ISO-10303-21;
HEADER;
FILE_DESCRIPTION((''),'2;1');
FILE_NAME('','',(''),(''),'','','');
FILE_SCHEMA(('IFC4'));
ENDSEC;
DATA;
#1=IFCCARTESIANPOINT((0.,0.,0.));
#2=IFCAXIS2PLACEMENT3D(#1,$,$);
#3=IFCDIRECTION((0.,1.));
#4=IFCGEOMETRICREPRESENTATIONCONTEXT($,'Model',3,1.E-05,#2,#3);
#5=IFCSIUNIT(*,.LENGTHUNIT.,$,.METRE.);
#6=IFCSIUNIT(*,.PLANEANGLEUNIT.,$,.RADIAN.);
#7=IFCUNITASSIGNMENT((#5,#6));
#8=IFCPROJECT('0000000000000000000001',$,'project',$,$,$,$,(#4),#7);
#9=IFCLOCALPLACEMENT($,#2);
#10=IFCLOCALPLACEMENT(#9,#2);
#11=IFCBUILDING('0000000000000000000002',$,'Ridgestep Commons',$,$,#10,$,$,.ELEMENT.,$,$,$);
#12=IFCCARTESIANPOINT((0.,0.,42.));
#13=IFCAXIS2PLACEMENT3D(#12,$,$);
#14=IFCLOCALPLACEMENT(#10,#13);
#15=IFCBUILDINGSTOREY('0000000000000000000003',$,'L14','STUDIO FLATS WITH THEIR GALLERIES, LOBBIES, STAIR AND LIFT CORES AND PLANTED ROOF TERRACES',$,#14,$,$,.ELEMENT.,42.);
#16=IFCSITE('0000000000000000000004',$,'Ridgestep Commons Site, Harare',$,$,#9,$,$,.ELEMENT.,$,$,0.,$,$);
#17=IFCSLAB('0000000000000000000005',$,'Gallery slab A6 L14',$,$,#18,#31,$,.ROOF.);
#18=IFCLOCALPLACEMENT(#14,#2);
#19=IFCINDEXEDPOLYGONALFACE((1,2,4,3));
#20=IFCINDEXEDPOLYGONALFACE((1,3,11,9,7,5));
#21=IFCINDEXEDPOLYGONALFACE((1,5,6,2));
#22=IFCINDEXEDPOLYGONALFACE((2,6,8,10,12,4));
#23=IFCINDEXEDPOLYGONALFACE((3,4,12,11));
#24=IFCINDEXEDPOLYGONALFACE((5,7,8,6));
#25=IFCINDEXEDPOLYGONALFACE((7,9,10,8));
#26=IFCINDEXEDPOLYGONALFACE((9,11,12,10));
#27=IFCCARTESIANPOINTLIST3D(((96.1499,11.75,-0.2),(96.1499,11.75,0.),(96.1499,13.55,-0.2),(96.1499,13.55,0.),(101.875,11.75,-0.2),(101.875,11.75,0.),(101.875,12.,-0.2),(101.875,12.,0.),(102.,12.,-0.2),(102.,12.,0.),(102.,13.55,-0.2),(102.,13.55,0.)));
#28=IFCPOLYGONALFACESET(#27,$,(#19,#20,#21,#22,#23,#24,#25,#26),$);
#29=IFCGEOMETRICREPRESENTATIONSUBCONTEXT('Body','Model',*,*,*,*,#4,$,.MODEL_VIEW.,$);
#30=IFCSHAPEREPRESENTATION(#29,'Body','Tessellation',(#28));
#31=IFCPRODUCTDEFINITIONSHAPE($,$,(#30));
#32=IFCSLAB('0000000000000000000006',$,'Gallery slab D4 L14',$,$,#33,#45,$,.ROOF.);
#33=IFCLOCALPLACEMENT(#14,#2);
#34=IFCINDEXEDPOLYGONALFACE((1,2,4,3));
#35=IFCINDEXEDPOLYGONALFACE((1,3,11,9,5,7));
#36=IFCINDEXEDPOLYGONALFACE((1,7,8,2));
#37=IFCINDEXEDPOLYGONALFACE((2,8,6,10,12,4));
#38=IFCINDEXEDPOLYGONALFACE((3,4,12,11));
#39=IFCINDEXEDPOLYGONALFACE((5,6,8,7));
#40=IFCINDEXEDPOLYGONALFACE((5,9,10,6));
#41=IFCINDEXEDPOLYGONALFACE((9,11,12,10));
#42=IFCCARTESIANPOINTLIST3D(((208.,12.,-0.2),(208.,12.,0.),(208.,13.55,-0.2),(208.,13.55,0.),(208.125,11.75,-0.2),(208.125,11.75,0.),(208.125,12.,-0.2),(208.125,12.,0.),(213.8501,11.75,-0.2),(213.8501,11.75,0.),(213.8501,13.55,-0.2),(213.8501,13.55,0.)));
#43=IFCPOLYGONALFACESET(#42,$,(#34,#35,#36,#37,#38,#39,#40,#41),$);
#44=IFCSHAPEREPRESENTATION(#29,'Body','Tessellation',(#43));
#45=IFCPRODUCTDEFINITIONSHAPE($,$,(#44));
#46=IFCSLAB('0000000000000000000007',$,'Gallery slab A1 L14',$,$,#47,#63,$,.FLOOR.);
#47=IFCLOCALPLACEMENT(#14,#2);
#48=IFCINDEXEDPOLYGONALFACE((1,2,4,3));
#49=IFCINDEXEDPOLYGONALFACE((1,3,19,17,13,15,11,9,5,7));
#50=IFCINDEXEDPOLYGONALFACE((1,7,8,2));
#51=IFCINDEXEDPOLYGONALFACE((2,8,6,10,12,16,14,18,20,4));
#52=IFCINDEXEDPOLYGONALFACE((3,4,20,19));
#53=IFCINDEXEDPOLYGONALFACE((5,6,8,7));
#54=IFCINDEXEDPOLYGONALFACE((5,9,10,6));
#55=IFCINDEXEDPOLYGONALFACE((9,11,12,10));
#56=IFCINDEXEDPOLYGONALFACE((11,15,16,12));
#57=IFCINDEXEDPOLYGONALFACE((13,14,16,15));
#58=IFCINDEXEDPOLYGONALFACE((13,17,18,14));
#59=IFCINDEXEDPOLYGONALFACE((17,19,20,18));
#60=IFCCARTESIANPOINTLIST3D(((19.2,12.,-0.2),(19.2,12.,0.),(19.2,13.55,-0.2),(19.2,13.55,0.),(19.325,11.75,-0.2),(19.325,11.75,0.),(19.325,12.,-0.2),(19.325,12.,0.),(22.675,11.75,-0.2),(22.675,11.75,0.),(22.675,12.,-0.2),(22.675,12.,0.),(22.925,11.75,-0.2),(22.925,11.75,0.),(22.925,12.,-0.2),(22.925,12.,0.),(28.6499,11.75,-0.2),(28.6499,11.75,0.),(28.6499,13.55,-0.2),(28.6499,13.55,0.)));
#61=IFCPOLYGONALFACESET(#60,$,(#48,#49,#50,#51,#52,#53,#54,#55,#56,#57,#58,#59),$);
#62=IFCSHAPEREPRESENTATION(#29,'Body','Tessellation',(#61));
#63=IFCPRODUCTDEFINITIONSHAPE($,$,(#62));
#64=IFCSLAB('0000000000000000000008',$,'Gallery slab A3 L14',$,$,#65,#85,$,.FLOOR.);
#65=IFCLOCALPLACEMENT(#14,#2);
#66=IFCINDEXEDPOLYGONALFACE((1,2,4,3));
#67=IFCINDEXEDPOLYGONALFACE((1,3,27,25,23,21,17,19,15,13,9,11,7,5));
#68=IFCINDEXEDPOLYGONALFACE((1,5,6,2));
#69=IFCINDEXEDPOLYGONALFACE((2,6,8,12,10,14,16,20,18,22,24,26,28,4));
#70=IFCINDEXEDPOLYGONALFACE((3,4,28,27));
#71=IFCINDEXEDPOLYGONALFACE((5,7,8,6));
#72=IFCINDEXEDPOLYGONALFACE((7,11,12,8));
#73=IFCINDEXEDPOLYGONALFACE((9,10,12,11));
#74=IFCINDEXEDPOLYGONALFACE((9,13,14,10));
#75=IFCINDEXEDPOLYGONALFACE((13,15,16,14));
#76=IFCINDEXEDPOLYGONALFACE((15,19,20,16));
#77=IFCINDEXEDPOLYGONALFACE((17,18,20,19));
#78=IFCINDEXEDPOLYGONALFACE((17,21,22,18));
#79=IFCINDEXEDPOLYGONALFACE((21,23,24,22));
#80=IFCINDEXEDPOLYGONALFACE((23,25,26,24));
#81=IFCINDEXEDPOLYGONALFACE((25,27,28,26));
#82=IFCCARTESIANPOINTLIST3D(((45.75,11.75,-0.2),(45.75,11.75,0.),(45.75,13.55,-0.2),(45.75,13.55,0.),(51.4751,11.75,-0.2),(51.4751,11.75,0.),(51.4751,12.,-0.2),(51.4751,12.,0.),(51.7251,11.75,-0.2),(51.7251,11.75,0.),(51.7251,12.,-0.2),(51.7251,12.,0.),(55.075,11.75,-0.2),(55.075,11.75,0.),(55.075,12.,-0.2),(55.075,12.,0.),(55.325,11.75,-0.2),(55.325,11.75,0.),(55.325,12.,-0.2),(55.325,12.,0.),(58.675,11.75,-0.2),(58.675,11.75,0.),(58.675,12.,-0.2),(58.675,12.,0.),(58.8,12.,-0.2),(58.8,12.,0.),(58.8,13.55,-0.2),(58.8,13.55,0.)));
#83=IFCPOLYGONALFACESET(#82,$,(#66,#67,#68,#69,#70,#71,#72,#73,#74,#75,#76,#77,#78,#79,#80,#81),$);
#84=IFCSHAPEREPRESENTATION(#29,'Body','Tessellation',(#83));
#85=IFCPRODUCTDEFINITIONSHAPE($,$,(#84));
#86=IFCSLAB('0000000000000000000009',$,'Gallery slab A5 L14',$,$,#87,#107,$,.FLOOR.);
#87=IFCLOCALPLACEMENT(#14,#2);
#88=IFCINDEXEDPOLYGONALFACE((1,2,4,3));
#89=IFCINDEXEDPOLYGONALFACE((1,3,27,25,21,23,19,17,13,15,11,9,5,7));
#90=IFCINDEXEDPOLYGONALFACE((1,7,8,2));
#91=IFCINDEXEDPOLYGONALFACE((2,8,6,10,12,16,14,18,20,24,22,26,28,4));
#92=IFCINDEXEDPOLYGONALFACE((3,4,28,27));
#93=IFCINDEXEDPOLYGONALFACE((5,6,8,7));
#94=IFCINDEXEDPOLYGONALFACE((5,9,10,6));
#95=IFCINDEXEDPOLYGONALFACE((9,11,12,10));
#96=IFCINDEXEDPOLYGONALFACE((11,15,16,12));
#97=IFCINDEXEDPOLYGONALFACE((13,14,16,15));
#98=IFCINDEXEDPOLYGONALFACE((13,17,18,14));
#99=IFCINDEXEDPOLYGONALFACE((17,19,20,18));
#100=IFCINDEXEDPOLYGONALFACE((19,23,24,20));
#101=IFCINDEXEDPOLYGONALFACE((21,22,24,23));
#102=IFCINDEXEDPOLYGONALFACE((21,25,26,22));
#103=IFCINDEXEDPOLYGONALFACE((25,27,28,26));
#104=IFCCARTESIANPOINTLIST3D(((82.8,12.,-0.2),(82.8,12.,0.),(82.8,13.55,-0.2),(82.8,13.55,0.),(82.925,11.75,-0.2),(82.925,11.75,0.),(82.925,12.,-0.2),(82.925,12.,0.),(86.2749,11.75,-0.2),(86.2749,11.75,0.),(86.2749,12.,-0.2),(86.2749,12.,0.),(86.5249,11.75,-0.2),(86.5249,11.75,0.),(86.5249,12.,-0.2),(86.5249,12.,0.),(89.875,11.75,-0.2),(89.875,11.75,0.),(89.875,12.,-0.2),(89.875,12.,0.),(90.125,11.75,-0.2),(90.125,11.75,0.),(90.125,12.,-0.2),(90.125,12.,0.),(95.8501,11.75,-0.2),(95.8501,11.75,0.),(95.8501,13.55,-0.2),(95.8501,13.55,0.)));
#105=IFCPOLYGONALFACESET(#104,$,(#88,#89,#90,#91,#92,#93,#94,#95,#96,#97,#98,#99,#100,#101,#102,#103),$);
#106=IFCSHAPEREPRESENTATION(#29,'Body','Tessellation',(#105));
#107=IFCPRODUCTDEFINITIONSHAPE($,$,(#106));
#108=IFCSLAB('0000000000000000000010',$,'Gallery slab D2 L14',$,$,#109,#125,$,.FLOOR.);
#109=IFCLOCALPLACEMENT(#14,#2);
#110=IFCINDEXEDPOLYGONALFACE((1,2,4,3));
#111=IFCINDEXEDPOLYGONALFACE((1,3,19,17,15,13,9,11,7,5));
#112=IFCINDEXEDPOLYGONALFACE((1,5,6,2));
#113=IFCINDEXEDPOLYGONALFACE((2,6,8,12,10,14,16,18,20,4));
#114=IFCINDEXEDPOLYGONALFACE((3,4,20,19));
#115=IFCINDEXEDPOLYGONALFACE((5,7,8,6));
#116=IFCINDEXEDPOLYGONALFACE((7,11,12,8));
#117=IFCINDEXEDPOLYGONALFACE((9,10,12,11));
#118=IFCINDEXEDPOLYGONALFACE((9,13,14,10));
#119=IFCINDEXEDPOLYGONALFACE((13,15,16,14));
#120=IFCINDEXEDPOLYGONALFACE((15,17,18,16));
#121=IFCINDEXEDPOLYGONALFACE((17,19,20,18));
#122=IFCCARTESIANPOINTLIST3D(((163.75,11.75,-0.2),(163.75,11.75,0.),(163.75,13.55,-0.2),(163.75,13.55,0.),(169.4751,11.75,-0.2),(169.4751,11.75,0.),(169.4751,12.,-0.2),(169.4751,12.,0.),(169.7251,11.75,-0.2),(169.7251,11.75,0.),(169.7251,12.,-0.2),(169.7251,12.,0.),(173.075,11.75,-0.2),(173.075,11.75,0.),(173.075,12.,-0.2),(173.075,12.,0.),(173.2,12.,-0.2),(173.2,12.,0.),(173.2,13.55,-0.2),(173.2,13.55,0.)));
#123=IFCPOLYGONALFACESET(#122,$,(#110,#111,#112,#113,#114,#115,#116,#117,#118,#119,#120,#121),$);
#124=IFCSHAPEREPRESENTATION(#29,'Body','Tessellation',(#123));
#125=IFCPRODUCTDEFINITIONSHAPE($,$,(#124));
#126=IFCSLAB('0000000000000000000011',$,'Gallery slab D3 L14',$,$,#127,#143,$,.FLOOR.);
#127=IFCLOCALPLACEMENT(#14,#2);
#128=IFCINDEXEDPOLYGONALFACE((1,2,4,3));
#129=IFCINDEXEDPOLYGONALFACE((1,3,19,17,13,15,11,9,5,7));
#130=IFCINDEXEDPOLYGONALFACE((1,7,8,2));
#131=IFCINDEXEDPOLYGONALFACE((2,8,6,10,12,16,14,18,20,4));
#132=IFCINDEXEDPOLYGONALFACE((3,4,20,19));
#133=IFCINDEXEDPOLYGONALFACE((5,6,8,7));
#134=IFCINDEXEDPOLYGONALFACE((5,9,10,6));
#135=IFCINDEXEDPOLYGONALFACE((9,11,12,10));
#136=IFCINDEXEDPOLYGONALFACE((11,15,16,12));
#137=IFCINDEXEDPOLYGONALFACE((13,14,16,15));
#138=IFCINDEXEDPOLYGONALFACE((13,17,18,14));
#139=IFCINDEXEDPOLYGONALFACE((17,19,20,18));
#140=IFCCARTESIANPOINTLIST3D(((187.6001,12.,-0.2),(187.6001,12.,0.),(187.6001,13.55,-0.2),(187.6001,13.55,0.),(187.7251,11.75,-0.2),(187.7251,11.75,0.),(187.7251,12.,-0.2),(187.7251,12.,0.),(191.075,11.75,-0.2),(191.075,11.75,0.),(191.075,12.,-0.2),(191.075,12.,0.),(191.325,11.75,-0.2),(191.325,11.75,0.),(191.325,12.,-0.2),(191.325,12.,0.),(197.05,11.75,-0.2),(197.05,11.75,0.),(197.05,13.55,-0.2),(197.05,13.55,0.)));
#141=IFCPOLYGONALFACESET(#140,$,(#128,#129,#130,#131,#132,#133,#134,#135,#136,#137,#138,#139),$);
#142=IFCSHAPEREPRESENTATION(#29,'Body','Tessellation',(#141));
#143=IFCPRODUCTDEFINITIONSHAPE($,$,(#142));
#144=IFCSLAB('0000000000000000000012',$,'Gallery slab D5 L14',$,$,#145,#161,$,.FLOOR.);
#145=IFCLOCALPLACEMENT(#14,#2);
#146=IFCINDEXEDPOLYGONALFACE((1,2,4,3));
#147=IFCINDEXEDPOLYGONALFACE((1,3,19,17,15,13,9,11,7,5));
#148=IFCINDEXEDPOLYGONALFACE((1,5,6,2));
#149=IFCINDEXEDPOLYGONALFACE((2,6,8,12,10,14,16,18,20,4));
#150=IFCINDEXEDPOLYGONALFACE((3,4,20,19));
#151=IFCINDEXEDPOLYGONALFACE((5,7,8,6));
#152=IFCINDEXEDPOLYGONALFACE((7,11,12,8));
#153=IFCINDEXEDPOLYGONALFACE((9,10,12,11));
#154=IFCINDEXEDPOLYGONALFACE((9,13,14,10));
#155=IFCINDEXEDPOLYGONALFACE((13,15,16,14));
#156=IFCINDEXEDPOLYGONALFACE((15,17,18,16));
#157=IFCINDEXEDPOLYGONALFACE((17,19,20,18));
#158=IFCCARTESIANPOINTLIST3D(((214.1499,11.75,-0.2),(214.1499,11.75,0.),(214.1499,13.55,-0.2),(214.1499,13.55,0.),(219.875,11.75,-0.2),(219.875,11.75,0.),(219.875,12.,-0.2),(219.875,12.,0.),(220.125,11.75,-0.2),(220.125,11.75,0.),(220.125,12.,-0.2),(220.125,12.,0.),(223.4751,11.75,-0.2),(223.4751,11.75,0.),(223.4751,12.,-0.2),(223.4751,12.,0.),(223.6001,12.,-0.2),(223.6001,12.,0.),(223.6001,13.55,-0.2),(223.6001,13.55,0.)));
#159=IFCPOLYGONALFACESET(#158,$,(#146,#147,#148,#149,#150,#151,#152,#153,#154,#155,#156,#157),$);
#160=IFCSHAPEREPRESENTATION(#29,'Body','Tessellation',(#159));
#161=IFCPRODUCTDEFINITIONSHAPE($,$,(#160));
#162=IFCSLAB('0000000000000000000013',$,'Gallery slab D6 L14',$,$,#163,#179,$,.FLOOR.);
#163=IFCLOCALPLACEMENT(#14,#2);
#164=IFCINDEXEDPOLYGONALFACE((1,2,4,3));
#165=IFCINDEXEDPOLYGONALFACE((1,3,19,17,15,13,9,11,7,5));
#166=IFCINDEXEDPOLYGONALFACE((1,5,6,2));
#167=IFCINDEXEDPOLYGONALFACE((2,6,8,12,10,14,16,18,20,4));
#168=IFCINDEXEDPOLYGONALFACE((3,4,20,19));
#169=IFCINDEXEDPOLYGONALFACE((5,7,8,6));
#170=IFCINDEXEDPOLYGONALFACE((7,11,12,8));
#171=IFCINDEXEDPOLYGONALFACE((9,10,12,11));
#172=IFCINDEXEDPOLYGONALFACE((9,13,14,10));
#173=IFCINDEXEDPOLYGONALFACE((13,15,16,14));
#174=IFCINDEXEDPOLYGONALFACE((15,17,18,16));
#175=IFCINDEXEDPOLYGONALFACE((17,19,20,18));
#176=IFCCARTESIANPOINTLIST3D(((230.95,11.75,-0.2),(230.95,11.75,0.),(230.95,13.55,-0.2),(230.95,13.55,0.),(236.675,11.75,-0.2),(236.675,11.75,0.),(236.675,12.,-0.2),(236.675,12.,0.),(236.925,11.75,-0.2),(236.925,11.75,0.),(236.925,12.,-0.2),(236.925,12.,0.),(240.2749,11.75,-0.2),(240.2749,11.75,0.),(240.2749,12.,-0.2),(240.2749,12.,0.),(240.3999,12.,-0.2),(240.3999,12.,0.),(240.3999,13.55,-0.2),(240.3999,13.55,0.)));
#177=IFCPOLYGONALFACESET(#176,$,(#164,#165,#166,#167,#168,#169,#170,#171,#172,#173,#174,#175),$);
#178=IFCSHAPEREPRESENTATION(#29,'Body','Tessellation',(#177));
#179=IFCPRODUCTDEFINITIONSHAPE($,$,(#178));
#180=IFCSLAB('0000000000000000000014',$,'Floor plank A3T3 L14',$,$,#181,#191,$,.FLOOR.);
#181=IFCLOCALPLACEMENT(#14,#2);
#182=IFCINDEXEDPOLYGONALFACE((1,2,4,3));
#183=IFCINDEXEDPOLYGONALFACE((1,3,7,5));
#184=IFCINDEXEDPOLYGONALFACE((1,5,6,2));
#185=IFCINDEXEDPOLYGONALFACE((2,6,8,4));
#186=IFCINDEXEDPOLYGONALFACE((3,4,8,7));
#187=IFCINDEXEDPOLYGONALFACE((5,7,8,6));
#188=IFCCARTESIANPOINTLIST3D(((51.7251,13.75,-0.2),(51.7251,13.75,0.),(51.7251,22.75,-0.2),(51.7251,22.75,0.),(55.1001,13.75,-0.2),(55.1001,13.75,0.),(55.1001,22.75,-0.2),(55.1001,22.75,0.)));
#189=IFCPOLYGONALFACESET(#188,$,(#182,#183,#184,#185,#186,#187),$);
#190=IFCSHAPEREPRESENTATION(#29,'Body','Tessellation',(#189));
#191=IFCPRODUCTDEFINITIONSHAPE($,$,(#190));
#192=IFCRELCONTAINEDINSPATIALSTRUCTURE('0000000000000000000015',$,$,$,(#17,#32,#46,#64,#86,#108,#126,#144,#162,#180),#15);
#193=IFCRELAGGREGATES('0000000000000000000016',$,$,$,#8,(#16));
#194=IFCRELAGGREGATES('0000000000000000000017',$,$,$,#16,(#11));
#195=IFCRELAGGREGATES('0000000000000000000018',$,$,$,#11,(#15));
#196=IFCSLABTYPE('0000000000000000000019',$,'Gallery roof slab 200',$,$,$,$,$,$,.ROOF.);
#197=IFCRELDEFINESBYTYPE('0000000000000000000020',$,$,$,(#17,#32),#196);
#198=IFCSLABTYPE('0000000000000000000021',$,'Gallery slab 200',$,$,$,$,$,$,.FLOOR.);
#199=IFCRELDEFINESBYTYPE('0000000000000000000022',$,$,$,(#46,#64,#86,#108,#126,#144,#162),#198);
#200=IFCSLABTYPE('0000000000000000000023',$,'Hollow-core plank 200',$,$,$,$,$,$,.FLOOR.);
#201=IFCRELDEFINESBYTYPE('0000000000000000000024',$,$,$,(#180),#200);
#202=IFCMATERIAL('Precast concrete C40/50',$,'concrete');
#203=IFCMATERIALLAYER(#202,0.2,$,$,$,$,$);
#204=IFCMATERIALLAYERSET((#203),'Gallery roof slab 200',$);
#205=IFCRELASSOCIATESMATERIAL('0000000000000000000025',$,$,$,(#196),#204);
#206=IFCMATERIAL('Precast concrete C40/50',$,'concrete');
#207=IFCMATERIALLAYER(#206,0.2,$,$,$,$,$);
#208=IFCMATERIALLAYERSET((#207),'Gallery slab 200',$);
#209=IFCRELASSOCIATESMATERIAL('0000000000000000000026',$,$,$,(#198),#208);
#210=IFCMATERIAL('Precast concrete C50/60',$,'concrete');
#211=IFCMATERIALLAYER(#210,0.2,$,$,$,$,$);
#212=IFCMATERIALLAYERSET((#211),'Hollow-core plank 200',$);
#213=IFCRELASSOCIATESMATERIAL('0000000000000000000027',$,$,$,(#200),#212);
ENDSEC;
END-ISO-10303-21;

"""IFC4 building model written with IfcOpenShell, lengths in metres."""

from ifc_helpers import new_model, si_unit, direction, frame, origin, place, context, subcontext, project, spatial, polyline, outline, extrude, material, layer, layer_set, type_object, element, save


model = new_model("IFC4")

# Units and contexts
model_context = context("Model", 3, precision=1e-05, world=origin(), true_north=direction((0.0, 1.0)))
body_context = subcontext(model_context, "Body", "Model", "MODEL_VIEW")
ifc_project = project(units=[si_unit("LENGTHUNIT", "METRE"), si_unit("PLANEANGLEUNIT", "RADIAN")], contexts=[model_context])

# Site, building, storey
site_placement = place(None, origin())
site = spatial("IfcSite", under=ifc_project, at=site_placement, Name="Ridgestep Commons Site, Harare", CompositionType="ELEMENT", RefElevation=0.0)
building_placement = place(site_placement, origin())
building = spatial("IfcBuilding", under=site, at=building_placement, Name="Ridgestep Commons", CompositionType="ELEMENT")
storey_placement = place(building_placement, frame((0.0, 0.0, 42.0)))
storey = spatial("IfcBuildingStorey", under=building, at=storey_placement, Name="L14", Description="STUDIO FLATS WITH THEIR GALLERIES, LOBBIES, STAIR AND LIFT CORES AND PLANTED ROOF TERRACES", CompositionType="ELEMENT", Elevation=42.0)

# Slabs
ifc_material_1 = material(Name="Precast concrete C40/50", Category="concrete")
ifc_layer_1 = layer(ifc_material_1, 0.2)
ifc_layer_set_1 = layer_set([ifc_layer_1], Name="Gallery roof slab 200")
slab_type_1 = type_object("IfcSlabType", Name="Gallery roof slab 200", PredefinedType="ROOF", material=ifc_layer_set_1)
slab_1_placement = place(storey_placement, frame((0.0, 0.0, -0.2)))
element("IfcSlab", 1, at=slab_1_placement, inside=storey, type_object=slab_type_1, Name="Gallery slab A6 L14", PredefinedType="ROOF", context=body_context, shape_type="SweptSolid", body=[
    extrude(outline(polyline([(96.1499, 11.75), (101.875, 11.75), (101.875, 12.0), (102.0, 12.0), (102.0, 13.55), (96.1499, 13.55), (96.1499, 11.75)])), origin(), (0.0, 0.0, 1.0), 0.2),
])
slab_2_placement = place(storey_placement, frame((0.0, 0.0, -0.2)))
element("IfcSlab", 2, at=slab_2_placement, inside=storey, type_object=slab_type_1, Name="Gallery slab D4 L14", PredefinedType="ROOF", context=body_context, shape_type="SweptSolid", body=[
    extrude(outline(polyline([(208.0, 13.55), (208.0, 12.0), (208.125, 12.0), (208.125, 11.75), (213.8501, 11.75), (213.8501, 13.55), (208.0, 13.55)])), origin(), (0.0, 0.0, 1.0), 0.2),
])
ifc_material_2 = material(Name="Precast concrete C40/50", Category="concrete")
ifc_layer_2 = layer(ifc_material_2, 0.2)
ifc_layer_set_2 = layer_set([ifc_layer_2], Name="Gallery slab 200")
slab_type_2 = type_object("IfcSlabType", Name="Gallery slab 200", PredefinedType="FLOOR", material=ifc_layer_set_2)
slab_3_placement = place(storey_placement, frame((0.0, 0.0, -0.2)))
element("IfcSlab", 3, at=slab_3_placement, inside=storey, type_object=slab_type_2, Name="Gallery slab A1 L14", PredefinedType="FLOOR", context=body_context, shape_type="SweptSolid", body=[
    extrude(outline(polyline([(28.6499, 13.55), (19.2, 13.55), (19.2, 12.0), (19.325, 12.0), (19.325, 11.75), (22.675, 11.75), (22.675, 12.0), (22.925, 12.0), (22.925, 11.75), (28.6499, 11.75), (28.6499, 13.55)])), origin(), (0.0, 0.0, 1.0), 0.2),
])
slab_4_placement = place(storey_placement, frame((0.0, 0.0, -0.2)))
element("IfcSlab", 4, at=slab_4_placement, inside=storey, type_object=slab_type_2, Name="Gallery slab A3 L14", PredefinedType="FLOOR", context=body_context, shape_type="SweptSolid", body=[
    extrude(outline(polyline([(58.8, 13.55), (45.75, 13.55), (45.75, 11.75), (51.4751, 11.75), (51.4751, 12.0), (51.7251, 12.0), (51.7251, 11.75), (55.075, 11.75), (55.075, 12.0), (55.325, 12.0), (55.325, 11.75), (58.675, 11.75), (58.675, 12.0), (58.8, 12.0), (58.8, 13.55)])), origin(), (0.0, 0.0, 1.0), 0.2),
])
slab_5_placement = place(storey_placement, frame((0.0, 0.0, -0.2)))
element("IfcSlab", 5, at=slab_5_placement, inside=storey, type_object=slab_type_2, Name="Gallery slab A5 L14", PredefinedType="FLOOR", context=body_context, shape_type="SweptSolid", body=[
    extrude(outline(polyline([(95.8501, 11.75), (95.8501, 13.55), (82.8, 13.55), (82.8, 12.0), (82.925, 12.0), (82.925, 11.75), (86.2749, 11.75), (86.2749, 12.0), (86.5249, 12.0), (86.5249, 11.75), (89.875, 11.75), (89.875, 12.0), (90.125, 12.0), (90.125, 11.75), (95.8501, 11.75)])), origin(), (0.0, 0.0, 1.0), 0.2),
])
slab_6_placement = place(storey_placement, frame((0.0, 0.0, -0.2)))
element("IfcSlab", 6, at=slab_6_placement, inside=storey, type_object=slab_type_2, Name="Gallery slab D2 L14", PredefinedType="FLOOR", context=body_context, shape_type="SweptSolid", body=[
    extrude(outline(polyline([(163.75, 13.55), (163.75, 11.75), (169.4751, 11.75), (169.4751, 12.0), (169.7251, 12.0), (169.7251, 11.75), (173.075, 11.75), (173.075, 12.0), (173.2, 12.0), (173.2, 13.55), (163.75, 13.55)])), origin(), (0.0, 0.0, 1.0), 0.2),
])
slab_7_placement = place(storey_placement, frame((0.0, 0.0, -0.2)))
element("IfcSlab", 7, at=slab_7_placement, inside=storey, type_object=slab_type_2, Name="Gallery slab D3 L14", PredefinedType="FLOOR", context=body_context, shape_type="SweptSolid", body=[
    extrude(outline(polyline([(197.05, 13.55), (187.6001, 13.55), (187.6001, 12.0), (187.7251, 12.0), (187.7251, 11.75), (191.075, 11.75), (191.075, 12.0), (191.325, 12.0), (191.325, 11.75), (197.05, 11.75), (197.05, 13.55)])), origin(), (0.0, 0.0, 1.0), 0.2),
])
slab_8_placement = place(storey_placement, frame((0.0, 0.0, -0.2)))
element("IfcSlab", 8, at=slab_8_placement, inside=storey, type_object=slab_type_2, Name="Gallery slab D5 L14", PredefinedType="FLOOR", context=body_context, shape_type="SweptSolid", body=[
    extrude(outline(polyline([(214.1499, 13.55), (214.1499, 11.75), (219.875, 11.75), (219.875, 12.0), (220.125, 12.0), (220.125, 11.75), (223.4751, 11.75), (223.4751, 12.0), (223.6001, 12.0), (223.6001, 13.55), (214.1499, 13.55)])), origin(), (0.0, 0.0, 1.0), 0.2),
])
slab_9_placement = place(storey_placement, frame((0.0, 0.0, -0.2)))
element("IfcSlab", 9, at=slab_9_placement, inside=storey, type_object=slab_type_2, Name="Gallery slab D6 L14", PredefinedType="FLOOR", context=body_context, shape_type="SweptSolid", body=[
    extrude(outline(polyline([(230.95, 13.55), (230.95, 11.75), (236.675, 11.75), (236.675, 12.0), (236.925, 12.0), (236.925, 11.75), (240.2749, 11.75), (240.2749, 12.0), (240.3999, 12.0), (240.3999, 13.55), (230.95, 13.55)])), origin(), (0.0, 0.0, 1.0), 0.2),
])
ifc_material_3 = material(Name="Precast concrete C50/60", Category="concrete")
ifc_layer_3 = layer(ifc_material_3, 0.2)
ifc_layer_set_3 = layer_set([ifc_layer_3], Name="Hollow-core plank 200")
slab_type_3 = type_object("IfcSlabType", Name="Hollow-core plank 200", PredefinedType="FLOOR", material=ifc_layer_set_3)
slab_10_placement = place(storey_placement, frame((0.0, 0.0, -0.2)))
element("IfcSlab", 10, at=slab_10_placement, inside=storey, type_object=slab_type_3, Name="Floor plank A3T3 L14", PredefinedType="FLOOR", context=body_context, shape_type="SweptSolid", body=[
    extrude(outline(polyline([(55.1001, 13.75), (55.1001, 22.75), (51.7251, 22.75), (51.7251, 13.75), (55.1001, 13.75)])), origin(), (0.0, 0.0, 1.0), 0.2),
])

save(model, "model.ifc")
